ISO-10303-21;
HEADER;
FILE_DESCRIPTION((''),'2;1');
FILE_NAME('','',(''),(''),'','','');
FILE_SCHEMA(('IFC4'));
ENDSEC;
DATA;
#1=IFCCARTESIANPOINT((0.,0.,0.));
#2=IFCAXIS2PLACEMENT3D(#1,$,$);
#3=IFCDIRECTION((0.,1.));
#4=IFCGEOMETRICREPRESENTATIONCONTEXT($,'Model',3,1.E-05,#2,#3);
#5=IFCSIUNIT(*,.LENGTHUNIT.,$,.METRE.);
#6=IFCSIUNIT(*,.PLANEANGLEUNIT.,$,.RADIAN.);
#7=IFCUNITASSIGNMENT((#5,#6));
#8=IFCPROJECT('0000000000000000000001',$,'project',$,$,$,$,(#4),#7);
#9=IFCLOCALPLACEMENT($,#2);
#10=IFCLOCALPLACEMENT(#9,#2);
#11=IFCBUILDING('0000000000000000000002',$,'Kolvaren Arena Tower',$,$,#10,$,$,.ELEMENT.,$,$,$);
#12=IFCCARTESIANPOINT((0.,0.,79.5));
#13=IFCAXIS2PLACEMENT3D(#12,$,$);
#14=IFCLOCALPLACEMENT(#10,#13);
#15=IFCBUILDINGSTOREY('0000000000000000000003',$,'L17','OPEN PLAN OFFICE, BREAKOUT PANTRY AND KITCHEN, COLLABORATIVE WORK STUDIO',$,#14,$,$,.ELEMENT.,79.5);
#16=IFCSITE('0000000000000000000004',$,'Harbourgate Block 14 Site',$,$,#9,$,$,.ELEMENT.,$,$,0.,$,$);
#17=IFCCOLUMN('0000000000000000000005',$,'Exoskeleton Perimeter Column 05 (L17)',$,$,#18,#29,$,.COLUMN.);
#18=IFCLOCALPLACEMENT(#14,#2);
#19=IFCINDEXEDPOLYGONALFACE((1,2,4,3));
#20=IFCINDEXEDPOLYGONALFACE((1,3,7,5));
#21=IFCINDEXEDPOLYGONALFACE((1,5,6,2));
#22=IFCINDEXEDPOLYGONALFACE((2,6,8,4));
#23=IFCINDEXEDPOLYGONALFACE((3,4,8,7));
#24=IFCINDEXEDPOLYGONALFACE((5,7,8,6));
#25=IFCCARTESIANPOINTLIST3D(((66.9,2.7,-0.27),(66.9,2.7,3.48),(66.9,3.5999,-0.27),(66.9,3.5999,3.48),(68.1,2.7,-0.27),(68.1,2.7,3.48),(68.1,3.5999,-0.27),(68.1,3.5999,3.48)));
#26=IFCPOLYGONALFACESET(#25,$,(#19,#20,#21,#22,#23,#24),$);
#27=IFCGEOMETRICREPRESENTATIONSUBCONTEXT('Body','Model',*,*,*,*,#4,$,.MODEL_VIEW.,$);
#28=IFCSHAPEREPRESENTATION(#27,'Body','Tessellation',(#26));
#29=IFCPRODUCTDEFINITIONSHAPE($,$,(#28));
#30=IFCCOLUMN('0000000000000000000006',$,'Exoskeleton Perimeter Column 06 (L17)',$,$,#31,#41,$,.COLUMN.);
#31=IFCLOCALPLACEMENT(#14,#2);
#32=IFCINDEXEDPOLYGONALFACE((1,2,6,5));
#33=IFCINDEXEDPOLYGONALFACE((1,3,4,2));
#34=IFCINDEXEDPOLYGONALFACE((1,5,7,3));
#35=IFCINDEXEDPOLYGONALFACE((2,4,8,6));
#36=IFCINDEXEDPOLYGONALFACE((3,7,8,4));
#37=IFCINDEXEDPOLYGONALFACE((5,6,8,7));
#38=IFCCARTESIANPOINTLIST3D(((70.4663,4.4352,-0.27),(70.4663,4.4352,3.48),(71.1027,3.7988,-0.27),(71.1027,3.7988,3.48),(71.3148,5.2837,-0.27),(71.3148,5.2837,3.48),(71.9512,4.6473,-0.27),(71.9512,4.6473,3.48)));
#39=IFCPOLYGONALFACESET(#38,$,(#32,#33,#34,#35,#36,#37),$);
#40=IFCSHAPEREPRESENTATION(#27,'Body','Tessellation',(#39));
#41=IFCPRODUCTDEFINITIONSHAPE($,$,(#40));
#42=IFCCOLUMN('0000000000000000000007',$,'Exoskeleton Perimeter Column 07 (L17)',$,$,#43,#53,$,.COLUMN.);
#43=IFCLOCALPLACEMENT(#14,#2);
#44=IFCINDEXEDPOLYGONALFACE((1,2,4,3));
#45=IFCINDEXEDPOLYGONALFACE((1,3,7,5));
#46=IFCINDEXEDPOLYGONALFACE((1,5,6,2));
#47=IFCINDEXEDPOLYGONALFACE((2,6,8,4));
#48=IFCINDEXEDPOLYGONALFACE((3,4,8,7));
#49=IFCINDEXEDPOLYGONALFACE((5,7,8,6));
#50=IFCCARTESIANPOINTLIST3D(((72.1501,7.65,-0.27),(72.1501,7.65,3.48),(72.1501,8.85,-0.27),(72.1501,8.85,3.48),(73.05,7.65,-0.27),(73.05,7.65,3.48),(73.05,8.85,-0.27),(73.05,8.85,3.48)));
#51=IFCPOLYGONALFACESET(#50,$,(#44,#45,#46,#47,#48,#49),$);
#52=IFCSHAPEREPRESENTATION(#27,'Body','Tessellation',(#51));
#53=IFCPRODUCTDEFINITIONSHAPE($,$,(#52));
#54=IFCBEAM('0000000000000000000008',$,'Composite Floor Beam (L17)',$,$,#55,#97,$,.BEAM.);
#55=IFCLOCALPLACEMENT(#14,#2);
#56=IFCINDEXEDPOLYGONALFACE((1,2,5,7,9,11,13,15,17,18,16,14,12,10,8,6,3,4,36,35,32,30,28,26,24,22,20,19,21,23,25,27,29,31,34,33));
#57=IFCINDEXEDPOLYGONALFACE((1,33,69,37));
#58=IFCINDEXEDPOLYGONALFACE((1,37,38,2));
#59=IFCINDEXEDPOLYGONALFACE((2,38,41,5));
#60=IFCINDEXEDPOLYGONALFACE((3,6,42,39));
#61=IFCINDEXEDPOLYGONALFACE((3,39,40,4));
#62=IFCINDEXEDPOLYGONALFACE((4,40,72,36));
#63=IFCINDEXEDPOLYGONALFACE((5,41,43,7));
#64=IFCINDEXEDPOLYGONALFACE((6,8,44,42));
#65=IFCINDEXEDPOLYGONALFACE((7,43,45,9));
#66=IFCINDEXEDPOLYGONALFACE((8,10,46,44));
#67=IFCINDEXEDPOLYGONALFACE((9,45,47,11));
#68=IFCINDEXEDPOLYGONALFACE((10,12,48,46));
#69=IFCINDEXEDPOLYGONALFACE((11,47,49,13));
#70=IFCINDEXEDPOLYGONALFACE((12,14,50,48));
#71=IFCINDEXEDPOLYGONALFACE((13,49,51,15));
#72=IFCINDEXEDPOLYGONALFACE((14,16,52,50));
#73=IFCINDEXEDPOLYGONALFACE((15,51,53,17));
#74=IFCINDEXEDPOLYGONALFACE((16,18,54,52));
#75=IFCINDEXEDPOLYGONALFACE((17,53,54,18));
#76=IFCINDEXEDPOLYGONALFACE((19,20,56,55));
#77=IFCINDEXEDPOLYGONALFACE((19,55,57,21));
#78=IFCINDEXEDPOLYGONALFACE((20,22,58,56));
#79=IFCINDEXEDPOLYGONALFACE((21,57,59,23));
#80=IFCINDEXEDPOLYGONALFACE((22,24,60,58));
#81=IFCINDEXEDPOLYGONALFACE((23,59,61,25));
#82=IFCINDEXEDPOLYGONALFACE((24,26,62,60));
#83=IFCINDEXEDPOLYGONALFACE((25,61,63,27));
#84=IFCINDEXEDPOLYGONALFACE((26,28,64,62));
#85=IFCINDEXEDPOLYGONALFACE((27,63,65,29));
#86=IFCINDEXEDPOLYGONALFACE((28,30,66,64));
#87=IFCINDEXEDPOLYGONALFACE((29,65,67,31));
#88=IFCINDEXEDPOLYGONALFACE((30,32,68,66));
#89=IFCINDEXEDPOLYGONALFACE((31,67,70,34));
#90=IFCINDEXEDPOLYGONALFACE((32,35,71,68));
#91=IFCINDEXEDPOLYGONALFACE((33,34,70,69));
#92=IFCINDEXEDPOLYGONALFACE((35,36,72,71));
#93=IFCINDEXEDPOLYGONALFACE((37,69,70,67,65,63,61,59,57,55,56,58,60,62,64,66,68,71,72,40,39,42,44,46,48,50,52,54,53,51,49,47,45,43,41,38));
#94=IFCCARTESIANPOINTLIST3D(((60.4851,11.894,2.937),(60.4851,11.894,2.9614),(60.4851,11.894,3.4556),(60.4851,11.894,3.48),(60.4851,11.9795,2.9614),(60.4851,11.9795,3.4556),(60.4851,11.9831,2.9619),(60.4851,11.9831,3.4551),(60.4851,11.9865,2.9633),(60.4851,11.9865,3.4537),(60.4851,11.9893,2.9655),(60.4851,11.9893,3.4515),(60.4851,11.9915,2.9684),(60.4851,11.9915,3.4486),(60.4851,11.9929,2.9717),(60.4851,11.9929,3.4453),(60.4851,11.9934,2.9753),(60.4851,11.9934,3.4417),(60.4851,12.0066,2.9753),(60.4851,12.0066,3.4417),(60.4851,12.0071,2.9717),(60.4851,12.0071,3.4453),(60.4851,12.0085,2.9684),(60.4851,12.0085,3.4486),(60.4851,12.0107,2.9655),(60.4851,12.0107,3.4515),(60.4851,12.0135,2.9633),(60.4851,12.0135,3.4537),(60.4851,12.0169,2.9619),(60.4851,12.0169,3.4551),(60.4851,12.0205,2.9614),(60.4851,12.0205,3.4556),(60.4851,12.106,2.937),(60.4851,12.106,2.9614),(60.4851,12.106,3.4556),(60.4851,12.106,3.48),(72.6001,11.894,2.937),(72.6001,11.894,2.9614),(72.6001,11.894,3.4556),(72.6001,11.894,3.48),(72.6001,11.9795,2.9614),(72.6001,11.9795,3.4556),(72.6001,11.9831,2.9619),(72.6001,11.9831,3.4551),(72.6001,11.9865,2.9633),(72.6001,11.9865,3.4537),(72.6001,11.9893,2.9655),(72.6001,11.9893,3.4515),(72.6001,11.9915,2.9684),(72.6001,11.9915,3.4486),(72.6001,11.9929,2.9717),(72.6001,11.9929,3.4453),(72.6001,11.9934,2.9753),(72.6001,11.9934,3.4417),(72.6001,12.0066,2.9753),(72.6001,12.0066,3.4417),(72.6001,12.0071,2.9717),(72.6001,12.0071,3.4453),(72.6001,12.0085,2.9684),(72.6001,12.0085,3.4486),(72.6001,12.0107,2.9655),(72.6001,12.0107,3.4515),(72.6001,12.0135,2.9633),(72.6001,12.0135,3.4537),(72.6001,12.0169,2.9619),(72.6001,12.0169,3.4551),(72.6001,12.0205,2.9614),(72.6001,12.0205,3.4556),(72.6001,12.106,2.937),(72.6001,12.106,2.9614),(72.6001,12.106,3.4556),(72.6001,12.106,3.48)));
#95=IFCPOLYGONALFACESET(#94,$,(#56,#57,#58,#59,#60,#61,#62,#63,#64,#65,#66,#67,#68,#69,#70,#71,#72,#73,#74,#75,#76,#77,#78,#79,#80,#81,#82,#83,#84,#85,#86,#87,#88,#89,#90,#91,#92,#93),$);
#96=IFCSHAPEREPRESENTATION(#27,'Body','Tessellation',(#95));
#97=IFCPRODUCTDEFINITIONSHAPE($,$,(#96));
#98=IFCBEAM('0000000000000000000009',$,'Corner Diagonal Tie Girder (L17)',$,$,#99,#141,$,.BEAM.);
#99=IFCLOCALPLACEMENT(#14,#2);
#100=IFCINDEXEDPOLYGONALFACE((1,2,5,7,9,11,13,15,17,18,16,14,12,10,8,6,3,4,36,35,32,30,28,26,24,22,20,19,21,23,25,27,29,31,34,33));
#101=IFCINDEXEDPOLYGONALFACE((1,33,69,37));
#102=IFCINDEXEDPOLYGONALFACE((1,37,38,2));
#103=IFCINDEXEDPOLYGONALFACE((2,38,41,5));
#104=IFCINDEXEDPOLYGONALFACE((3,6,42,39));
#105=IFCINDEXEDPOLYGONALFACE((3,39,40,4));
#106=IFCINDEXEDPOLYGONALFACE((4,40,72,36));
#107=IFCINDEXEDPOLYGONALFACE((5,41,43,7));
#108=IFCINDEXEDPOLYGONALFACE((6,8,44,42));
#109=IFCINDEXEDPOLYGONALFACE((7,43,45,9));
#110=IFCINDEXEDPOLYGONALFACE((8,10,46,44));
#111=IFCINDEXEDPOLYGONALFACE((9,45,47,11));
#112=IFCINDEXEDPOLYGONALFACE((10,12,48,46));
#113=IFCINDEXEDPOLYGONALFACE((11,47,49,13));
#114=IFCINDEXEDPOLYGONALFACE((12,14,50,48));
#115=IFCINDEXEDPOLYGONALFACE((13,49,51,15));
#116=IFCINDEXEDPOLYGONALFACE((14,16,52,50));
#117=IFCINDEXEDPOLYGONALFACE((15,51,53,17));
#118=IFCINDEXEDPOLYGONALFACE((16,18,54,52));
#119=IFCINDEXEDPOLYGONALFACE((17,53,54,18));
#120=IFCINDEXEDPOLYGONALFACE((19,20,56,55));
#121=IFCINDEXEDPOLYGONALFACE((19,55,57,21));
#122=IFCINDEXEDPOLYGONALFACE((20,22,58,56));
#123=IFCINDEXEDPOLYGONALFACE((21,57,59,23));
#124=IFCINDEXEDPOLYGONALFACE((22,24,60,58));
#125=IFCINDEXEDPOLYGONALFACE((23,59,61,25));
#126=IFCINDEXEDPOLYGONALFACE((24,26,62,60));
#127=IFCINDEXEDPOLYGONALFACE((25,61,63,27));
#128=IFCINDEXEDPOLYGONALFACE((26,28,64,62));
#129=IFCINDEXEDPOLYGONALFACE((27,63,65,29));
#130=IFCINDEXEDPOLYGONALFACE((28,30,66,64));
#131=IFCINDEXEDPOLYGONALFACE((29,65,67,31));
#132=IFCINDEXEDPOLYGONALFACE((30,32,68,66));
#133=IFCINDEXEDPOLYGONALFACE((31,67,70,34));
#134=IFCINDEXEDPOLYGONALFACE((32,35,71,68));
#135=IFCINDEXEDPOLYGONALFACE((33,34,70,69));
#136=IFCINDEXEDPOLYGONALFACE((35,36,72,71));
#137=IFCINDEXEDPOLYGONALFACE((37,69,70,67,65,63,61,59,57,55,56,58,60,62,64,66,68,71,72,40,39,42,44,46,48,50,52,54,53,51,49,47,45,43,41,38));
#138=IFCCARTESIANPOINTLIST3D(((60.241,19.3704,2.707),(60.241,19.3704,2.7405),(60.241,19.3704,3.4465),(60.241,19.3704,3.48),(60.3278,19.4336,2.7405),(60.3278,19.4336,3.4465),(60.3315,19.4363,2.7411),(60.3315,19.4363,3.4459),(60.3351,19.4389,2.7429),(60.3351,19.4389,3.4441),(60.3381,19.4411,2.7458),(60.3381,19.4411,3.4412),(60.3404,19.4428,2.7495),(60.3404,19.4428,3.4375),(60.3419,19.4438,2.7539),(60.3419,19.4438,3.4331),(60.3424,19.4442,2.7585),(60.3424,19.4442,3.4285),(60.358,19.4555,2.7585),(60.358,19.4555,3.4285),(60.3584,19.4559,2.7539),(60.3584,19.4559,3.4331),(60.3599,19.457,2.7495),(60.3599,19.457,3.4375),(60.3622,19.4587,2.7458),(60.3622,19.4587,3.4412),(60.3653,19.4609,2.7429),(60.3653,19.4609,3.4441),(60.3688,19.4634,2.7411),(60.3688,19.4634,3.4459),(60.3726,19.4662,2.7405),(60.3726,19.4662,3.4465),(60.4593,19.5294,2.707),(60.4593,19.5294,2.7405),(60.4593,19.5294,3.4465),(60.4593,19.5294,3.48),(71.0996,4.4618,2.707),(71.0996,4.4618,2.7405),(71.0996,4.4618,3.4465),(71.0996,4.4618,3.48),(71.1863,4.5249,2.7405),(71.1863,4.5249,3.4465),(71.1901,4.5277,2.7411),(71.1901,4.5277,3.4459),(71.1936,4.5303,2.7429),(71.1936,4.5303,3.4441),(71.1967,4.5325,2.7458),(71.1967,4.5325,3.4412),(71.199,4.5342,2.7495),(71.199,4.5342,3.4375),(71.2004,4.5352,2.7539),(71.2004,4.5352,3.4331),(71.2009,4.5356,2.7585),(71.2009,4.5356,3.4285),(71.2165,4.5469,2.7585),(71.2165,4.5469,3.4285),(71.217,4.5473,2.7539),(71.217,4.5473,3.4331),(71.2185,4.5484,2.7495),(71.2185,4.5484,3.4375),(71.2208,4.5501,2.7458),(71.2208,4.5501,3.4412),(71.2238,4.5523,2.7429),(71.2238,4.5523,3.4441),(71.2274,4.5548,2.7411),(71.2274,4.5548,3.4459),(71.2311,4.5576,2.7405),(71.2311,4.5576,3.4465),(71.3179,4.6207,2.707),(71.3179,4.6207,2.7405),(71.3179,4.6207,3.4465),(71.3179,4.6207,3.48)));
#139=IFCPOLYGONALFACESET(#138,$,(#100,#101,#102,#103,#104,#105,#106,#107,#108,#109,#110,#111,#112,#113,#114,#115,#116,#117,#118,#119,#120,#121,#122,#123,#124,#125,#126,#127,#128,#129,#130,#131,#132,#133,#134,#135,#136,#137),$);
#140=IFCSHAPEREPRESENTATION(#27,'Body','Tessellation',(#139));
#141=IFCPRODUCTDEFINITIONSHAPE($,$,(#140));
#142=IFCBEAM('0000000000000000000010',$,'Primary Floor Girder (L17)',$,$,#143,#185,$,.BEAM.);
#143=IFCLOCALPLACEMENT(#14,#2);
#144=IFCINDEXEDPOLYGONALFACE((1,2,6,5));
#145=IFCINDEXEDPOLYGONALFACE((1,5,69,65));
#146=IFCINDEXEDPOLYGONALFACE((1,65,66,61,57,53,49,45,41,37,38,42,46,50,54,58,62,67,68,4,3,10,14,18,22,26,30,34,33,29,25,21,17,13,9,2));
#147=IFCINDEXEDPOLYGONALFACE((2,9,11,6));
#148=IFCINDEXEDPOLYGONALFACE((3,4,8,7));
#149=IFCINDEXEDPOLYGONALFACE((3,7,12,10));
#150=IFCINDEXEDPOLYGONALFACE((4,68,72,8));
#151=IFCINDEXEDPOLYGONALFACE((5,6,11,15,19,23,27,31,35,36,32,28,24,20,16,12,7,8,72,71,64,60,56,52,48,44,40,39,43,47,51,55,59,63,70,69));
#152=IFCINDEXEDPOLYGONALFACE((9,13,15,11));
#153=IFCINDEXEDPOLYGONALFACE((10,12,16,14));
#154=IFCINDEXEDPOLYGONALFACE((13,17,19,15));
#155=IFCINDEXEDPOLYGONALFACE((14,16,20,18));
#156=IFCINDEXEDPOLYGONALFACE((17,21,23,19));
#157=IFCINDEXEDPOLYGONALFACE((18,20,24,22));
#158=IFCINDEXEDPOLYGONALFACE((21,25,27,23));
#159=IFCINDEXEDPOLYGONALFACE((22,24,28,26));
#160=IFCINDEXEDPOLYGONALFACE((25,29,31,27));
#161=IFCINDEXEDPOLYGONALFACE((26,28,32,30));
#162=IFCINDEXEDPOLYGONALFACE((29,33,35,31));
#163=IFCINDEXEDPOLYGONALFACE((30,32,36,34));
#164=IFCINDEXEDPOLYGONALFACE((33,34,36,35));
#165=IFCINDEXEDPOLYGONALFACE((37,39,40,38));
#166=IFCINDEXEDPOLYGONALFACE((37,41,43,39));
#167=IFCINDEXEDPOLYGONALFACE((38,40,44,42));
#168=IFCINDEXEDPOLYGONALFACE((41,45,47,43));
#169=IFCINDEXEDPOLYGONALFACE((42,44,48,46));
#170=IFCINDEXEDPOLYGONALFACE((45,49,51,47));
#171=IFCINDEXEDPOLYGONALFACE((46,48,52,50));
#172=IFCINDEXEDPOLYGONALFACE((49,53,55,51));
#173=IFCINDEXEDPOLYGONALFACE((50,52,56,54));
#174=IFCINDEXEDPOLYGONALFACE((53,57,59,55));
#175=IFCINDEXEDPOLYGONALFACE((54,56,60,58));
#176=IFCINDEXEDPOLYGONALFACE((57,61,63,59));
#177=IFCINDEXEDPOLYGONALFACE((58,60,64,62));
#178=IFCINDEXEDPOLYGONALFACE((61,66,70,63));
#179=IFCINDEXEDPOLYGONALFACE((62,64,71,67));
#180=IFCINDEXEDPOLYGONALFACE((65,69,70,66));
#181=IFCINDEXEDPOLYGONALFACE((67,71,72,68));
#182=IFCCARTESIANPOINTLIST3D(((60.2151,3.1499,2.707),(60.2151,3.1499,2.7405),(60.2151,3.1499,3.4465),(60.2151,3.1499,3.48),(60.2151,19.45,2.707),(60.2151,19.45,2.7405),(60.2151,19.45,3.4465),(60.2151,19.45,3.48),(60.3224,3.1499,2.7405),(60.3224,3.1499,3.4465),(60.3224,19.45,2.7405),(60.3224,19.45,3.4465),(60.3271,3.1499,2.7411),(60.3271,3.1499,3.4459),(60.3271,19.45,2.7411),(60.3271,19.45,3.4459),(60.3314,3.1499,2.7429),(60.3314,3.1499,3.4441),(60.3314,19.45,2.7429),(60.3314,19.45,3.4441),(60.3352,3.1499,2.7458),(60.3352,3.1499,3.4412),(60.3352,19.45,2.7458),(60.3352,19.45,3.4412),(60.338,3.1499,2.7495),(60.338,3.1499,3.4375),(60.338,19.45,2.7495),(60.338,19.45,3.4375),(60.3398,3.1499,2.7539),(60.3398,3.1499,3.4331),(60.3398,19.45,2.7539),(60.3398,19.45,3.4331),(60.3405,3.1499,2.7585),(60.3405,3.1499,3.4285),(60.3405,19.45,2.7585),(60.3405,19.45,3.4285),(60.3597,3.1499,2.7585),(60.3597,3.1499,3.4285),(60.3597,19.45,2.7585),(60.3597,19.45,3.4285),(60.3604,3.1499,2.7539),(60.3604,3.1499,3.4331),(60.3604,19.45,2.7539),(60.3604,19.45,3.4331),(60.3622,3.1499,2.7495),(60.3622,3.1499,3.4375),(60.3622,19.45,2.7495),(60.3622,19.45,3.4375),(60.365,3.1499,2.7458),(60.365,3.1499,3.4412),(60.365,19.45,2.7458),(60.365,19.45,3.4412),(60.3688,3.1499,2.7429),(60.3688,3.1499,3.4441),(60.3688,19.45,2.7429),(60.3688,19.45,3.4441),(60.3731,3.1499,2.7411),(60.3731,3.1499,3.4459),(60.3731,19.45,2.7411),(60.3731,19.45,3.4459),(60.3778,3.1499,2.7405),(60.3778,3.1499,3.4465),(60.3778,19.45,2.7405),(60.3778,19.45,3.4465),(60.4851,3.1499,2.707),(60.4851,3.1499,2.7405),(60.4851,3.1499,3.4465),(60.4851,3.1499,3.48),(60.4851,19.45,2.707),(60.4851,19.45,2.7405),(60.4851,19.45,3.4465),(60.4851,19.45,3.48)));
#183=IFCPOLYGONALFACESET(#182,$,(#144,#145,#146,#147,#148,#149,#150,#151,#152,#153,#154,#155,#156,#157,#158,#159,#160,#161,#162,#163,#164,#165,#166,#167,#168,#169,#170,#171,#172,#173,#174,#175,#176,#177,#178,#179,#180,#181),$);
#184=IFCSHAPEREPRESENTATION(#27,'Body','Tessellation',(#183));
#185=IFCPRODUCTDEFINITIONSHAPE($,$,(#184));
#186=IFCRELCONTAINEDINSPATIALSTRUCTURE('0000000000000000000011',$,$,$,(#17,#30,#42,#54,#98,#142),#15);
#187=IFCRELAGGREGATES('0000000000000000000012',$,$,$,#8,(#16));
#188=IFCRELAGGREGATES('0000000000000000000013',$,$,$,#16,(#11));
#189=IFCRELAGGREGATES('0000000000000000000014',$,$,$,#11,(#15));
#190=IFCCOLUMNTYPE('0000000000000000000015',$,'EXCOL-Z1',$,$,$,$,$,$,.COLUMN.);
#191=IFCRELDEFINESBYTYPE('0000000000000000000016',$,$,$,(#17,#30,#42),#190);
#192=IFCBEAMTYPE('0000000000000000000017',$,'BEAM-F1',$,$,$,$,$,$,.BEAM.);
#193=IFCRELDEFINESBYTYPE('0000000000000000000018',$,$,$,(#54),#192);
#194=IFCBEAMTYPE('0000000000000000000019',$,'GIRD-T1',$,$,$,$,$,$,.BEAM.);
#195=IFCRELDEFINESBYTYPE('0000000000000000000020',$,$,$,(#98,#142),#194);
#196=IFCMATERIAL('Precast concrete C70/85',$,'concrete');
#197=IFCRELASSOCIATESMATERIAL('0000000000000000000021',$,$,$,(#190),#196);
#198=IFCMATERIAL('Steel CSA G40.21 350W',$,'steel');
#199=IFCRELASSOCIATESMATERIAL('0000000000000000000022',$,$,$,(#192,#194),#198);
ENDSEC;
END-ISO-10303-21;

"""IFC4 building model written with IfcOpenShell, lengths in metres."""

from ifc_helpers import new_model, si_unit, direction, frame, origin, origin_2d, place, context, subcontext, project, spatial, rectangle, i_section, extrude, material, material_profile, profile_set, type_object, element, save


model = new_model("IFC4")

# Units and contexts
model_context = context("Model", 3, precision=1e-05, world=origin(), true_north=direction((0.0, 1.0)))
body_context = subcontext(model_context, "Body", "Model", "MODEL_VIEW")
ifc_project = project(units=[si_unit("LENGTHUNIT", "METRE"), si_unit("PLANEANGLEUNIT", "RADIAN")], contexts=[model_context])

# Site, building, storey
site_placement = place(None, origin())
site = spatial("IfcSite", under=ifc_project, at=site_placement, Name="Harbourgate Block 14 Site", CompositionType="ELEMENT", RefElevation=0.0)
building_placement = place(site_placement, origin())
building = spatial("IfcBuilding", under=site, at=building_placement, Name="Kolvaren Arena Tower", CompositionType="ELEMENT")
storey_placement = place(building_placement, frame((0.0, 0.0, 79.5)))
storey = spatial("IfcBuildingStorey", under=building, at=storey_placement, Name="L17", Description="OPEN PLAN OFFICE, BREAKOUT PANTRY AND KITCHEN, COLLABORATIVE WORK STUDIO", CompositionType="ELEMENT", Elevation=79.5)

# Columns
ifc_material_1 = material(Name="Precast concrete C70/85", Category="concrete")
ifc_material_profile_1 = material_profile(ifc_material_1, rectangle(XDim=1.2, YDim=0.8999, at=origin_2d()), Name="RC-1200x900")
ifc_profile_set_1 = profile_set([ifc_material_profile_1], Name="Precast concrete C70/85")
column_type = type_object("IfcColumnType", Name="EXCOL-Z1", PredefinedType="COLUMN", material=ifc_profile_set_1)
for number, where, z_axis, x_axis, name in (
    (1, (67.5, 3.1499, -0.27), (0.0, 0.0, 1.0), (1.0, 0.0, 0.0), "Exoskeleton Perimeter Column 05 (L17)"),
    (2, (71.2087, 4.5413, -0.27), (0.0, 0.0, 1.0), (0.707107, 0.707107, 0.0), "Exoskeleton Perimeter Column 06 (L17)"),
    (3, (72.6001, 8.25, -0.27), (0.0, 0.0, 1.0), (0.0, 1.0, 0.0), "Exoskeleton Perimeter Column 07 (L17)"),
):
    element("IfcColumn", number, at=place(storey_placement, frame(where, z_axis=z_axis, x_axis=x_axis)), inside=storey, type_object=column_type, Name=name, PredefinedType="COLUMN", context=body_context, shape_type="SweptSolid", body=[
        extrude(rectangle(XDim=1.2, YDim=0.8999, at=origin_2d()), origin(), (0.0, 0.0, 1.0), 3.75),
    ])

# Beams
ifc_material_2 = material(Name="Steel CSA G40.21 350W", Category="steel")
ifc_material_profile_2 = material_profile(ifc_material_2, i_section(OverallWidth=0.2119, OverallDepth=0.543, WebThickness=0.0132, FlangeThickness=0.0244, FilletRadius=0.0139, at=origin_2d()), Name="W530x150")
ifc_profile_set_2 = profile_set([ifc_material_profile_2], Name="Steel CSA G40.21 350W")
beam_type_1 = type_object("IfcBeamType", Name="BEAM-F1", PredefinedType="BEAM", material=ifc_profile_set_2)
beam_1_placement = place(storey_placement, frame((60.4851, 12.0, 3.2085), z_axis=(1.0, 0.0, 0.0), x_axis=(0.0, 1.0, 0.0)))
element("IfcBeam", 4, at=beam_1_placement, inside=storey, type_object=beam_type_1, Name="Composite Floor Beam (L17)", PredefinedType="BEAM", context=body_context, shape_type="SweptSolid", body=[
    extrude(i_section(OverallWidth=0.2119, OverallDepth=0.543, WebThickness=0.0132, FlangeThickness=0.0244, FilletRadius=0.0139, at=origin_2d()), origin(), (0.0, 0.0, 1.0), 12.115),
])
ifc_material_profile_3 = material_profile(ifc_material_2, i_section(OverallWidth=0.27, OverallDepth=0.7729, WebThickness=0.0193, FlangeThickness=0.0334, FilletRadius=0.0181, at=origin_2d()), Name="W760x257")
ifc_profile_set_3 = profile_set([ifc_material_profile_3], Name="Steel CSA G40.21 350W")
beam_type_2 = type_object("IfcBeamType", Name="GIRD-T1", PredefinedType="BEAM", material=ifc_profile_set_3)
beam_2_placement = place(storey_placement, frame((71.2087, 4.5413, 3.0935), z_axis=(-0.588737, 0.808324, 0.0), x_axis=(-0.808324, -0.588737, 0.0)))
element("IfcBeam", 5, at=beam_2_placement, inside=storey, type_object=beam_type_2, Name="Corner Diagonal Tie Girder (L17)", PredefinedType="BEAM", context=body_context, shape_type="SweptSolid", body=[
    extrude(i_section(OverallWidth=0.27, OverallDepth=0.7729, WebThickness=0.0193, FlangeThickness=0.0334, FilletRadius=0.0181, at=origin_2d()), origin(), (0.0, 0.0, 1.0), 18.4438),
])
beam_3_placement = place(storey_placement, frame((60.3501, 3.1499, 3.0935), z_axis=(0.0, 1.0, 0.0), x_axis=(-1.0, 0.0, 0.0)))
element("IfcBeam", 6, at=beam_3_placement, inside=storey, type_object=beam_type_2, Name="Primary Floor Girder (L17)", PredefinedType="BEAM", context=body_context, shape_type="SweptSolid", body=[
    extrude(i_section(OverallWidth=0.27, OverallDepth=0.7729, WebThickness=0.0193, FlangeThickness=0.0334, FilletRadius=0.0181, at=origin_2d()), origin(), (0.0, 0.0, 1.0), 16.3),
])

save(model, "model.ifc")
